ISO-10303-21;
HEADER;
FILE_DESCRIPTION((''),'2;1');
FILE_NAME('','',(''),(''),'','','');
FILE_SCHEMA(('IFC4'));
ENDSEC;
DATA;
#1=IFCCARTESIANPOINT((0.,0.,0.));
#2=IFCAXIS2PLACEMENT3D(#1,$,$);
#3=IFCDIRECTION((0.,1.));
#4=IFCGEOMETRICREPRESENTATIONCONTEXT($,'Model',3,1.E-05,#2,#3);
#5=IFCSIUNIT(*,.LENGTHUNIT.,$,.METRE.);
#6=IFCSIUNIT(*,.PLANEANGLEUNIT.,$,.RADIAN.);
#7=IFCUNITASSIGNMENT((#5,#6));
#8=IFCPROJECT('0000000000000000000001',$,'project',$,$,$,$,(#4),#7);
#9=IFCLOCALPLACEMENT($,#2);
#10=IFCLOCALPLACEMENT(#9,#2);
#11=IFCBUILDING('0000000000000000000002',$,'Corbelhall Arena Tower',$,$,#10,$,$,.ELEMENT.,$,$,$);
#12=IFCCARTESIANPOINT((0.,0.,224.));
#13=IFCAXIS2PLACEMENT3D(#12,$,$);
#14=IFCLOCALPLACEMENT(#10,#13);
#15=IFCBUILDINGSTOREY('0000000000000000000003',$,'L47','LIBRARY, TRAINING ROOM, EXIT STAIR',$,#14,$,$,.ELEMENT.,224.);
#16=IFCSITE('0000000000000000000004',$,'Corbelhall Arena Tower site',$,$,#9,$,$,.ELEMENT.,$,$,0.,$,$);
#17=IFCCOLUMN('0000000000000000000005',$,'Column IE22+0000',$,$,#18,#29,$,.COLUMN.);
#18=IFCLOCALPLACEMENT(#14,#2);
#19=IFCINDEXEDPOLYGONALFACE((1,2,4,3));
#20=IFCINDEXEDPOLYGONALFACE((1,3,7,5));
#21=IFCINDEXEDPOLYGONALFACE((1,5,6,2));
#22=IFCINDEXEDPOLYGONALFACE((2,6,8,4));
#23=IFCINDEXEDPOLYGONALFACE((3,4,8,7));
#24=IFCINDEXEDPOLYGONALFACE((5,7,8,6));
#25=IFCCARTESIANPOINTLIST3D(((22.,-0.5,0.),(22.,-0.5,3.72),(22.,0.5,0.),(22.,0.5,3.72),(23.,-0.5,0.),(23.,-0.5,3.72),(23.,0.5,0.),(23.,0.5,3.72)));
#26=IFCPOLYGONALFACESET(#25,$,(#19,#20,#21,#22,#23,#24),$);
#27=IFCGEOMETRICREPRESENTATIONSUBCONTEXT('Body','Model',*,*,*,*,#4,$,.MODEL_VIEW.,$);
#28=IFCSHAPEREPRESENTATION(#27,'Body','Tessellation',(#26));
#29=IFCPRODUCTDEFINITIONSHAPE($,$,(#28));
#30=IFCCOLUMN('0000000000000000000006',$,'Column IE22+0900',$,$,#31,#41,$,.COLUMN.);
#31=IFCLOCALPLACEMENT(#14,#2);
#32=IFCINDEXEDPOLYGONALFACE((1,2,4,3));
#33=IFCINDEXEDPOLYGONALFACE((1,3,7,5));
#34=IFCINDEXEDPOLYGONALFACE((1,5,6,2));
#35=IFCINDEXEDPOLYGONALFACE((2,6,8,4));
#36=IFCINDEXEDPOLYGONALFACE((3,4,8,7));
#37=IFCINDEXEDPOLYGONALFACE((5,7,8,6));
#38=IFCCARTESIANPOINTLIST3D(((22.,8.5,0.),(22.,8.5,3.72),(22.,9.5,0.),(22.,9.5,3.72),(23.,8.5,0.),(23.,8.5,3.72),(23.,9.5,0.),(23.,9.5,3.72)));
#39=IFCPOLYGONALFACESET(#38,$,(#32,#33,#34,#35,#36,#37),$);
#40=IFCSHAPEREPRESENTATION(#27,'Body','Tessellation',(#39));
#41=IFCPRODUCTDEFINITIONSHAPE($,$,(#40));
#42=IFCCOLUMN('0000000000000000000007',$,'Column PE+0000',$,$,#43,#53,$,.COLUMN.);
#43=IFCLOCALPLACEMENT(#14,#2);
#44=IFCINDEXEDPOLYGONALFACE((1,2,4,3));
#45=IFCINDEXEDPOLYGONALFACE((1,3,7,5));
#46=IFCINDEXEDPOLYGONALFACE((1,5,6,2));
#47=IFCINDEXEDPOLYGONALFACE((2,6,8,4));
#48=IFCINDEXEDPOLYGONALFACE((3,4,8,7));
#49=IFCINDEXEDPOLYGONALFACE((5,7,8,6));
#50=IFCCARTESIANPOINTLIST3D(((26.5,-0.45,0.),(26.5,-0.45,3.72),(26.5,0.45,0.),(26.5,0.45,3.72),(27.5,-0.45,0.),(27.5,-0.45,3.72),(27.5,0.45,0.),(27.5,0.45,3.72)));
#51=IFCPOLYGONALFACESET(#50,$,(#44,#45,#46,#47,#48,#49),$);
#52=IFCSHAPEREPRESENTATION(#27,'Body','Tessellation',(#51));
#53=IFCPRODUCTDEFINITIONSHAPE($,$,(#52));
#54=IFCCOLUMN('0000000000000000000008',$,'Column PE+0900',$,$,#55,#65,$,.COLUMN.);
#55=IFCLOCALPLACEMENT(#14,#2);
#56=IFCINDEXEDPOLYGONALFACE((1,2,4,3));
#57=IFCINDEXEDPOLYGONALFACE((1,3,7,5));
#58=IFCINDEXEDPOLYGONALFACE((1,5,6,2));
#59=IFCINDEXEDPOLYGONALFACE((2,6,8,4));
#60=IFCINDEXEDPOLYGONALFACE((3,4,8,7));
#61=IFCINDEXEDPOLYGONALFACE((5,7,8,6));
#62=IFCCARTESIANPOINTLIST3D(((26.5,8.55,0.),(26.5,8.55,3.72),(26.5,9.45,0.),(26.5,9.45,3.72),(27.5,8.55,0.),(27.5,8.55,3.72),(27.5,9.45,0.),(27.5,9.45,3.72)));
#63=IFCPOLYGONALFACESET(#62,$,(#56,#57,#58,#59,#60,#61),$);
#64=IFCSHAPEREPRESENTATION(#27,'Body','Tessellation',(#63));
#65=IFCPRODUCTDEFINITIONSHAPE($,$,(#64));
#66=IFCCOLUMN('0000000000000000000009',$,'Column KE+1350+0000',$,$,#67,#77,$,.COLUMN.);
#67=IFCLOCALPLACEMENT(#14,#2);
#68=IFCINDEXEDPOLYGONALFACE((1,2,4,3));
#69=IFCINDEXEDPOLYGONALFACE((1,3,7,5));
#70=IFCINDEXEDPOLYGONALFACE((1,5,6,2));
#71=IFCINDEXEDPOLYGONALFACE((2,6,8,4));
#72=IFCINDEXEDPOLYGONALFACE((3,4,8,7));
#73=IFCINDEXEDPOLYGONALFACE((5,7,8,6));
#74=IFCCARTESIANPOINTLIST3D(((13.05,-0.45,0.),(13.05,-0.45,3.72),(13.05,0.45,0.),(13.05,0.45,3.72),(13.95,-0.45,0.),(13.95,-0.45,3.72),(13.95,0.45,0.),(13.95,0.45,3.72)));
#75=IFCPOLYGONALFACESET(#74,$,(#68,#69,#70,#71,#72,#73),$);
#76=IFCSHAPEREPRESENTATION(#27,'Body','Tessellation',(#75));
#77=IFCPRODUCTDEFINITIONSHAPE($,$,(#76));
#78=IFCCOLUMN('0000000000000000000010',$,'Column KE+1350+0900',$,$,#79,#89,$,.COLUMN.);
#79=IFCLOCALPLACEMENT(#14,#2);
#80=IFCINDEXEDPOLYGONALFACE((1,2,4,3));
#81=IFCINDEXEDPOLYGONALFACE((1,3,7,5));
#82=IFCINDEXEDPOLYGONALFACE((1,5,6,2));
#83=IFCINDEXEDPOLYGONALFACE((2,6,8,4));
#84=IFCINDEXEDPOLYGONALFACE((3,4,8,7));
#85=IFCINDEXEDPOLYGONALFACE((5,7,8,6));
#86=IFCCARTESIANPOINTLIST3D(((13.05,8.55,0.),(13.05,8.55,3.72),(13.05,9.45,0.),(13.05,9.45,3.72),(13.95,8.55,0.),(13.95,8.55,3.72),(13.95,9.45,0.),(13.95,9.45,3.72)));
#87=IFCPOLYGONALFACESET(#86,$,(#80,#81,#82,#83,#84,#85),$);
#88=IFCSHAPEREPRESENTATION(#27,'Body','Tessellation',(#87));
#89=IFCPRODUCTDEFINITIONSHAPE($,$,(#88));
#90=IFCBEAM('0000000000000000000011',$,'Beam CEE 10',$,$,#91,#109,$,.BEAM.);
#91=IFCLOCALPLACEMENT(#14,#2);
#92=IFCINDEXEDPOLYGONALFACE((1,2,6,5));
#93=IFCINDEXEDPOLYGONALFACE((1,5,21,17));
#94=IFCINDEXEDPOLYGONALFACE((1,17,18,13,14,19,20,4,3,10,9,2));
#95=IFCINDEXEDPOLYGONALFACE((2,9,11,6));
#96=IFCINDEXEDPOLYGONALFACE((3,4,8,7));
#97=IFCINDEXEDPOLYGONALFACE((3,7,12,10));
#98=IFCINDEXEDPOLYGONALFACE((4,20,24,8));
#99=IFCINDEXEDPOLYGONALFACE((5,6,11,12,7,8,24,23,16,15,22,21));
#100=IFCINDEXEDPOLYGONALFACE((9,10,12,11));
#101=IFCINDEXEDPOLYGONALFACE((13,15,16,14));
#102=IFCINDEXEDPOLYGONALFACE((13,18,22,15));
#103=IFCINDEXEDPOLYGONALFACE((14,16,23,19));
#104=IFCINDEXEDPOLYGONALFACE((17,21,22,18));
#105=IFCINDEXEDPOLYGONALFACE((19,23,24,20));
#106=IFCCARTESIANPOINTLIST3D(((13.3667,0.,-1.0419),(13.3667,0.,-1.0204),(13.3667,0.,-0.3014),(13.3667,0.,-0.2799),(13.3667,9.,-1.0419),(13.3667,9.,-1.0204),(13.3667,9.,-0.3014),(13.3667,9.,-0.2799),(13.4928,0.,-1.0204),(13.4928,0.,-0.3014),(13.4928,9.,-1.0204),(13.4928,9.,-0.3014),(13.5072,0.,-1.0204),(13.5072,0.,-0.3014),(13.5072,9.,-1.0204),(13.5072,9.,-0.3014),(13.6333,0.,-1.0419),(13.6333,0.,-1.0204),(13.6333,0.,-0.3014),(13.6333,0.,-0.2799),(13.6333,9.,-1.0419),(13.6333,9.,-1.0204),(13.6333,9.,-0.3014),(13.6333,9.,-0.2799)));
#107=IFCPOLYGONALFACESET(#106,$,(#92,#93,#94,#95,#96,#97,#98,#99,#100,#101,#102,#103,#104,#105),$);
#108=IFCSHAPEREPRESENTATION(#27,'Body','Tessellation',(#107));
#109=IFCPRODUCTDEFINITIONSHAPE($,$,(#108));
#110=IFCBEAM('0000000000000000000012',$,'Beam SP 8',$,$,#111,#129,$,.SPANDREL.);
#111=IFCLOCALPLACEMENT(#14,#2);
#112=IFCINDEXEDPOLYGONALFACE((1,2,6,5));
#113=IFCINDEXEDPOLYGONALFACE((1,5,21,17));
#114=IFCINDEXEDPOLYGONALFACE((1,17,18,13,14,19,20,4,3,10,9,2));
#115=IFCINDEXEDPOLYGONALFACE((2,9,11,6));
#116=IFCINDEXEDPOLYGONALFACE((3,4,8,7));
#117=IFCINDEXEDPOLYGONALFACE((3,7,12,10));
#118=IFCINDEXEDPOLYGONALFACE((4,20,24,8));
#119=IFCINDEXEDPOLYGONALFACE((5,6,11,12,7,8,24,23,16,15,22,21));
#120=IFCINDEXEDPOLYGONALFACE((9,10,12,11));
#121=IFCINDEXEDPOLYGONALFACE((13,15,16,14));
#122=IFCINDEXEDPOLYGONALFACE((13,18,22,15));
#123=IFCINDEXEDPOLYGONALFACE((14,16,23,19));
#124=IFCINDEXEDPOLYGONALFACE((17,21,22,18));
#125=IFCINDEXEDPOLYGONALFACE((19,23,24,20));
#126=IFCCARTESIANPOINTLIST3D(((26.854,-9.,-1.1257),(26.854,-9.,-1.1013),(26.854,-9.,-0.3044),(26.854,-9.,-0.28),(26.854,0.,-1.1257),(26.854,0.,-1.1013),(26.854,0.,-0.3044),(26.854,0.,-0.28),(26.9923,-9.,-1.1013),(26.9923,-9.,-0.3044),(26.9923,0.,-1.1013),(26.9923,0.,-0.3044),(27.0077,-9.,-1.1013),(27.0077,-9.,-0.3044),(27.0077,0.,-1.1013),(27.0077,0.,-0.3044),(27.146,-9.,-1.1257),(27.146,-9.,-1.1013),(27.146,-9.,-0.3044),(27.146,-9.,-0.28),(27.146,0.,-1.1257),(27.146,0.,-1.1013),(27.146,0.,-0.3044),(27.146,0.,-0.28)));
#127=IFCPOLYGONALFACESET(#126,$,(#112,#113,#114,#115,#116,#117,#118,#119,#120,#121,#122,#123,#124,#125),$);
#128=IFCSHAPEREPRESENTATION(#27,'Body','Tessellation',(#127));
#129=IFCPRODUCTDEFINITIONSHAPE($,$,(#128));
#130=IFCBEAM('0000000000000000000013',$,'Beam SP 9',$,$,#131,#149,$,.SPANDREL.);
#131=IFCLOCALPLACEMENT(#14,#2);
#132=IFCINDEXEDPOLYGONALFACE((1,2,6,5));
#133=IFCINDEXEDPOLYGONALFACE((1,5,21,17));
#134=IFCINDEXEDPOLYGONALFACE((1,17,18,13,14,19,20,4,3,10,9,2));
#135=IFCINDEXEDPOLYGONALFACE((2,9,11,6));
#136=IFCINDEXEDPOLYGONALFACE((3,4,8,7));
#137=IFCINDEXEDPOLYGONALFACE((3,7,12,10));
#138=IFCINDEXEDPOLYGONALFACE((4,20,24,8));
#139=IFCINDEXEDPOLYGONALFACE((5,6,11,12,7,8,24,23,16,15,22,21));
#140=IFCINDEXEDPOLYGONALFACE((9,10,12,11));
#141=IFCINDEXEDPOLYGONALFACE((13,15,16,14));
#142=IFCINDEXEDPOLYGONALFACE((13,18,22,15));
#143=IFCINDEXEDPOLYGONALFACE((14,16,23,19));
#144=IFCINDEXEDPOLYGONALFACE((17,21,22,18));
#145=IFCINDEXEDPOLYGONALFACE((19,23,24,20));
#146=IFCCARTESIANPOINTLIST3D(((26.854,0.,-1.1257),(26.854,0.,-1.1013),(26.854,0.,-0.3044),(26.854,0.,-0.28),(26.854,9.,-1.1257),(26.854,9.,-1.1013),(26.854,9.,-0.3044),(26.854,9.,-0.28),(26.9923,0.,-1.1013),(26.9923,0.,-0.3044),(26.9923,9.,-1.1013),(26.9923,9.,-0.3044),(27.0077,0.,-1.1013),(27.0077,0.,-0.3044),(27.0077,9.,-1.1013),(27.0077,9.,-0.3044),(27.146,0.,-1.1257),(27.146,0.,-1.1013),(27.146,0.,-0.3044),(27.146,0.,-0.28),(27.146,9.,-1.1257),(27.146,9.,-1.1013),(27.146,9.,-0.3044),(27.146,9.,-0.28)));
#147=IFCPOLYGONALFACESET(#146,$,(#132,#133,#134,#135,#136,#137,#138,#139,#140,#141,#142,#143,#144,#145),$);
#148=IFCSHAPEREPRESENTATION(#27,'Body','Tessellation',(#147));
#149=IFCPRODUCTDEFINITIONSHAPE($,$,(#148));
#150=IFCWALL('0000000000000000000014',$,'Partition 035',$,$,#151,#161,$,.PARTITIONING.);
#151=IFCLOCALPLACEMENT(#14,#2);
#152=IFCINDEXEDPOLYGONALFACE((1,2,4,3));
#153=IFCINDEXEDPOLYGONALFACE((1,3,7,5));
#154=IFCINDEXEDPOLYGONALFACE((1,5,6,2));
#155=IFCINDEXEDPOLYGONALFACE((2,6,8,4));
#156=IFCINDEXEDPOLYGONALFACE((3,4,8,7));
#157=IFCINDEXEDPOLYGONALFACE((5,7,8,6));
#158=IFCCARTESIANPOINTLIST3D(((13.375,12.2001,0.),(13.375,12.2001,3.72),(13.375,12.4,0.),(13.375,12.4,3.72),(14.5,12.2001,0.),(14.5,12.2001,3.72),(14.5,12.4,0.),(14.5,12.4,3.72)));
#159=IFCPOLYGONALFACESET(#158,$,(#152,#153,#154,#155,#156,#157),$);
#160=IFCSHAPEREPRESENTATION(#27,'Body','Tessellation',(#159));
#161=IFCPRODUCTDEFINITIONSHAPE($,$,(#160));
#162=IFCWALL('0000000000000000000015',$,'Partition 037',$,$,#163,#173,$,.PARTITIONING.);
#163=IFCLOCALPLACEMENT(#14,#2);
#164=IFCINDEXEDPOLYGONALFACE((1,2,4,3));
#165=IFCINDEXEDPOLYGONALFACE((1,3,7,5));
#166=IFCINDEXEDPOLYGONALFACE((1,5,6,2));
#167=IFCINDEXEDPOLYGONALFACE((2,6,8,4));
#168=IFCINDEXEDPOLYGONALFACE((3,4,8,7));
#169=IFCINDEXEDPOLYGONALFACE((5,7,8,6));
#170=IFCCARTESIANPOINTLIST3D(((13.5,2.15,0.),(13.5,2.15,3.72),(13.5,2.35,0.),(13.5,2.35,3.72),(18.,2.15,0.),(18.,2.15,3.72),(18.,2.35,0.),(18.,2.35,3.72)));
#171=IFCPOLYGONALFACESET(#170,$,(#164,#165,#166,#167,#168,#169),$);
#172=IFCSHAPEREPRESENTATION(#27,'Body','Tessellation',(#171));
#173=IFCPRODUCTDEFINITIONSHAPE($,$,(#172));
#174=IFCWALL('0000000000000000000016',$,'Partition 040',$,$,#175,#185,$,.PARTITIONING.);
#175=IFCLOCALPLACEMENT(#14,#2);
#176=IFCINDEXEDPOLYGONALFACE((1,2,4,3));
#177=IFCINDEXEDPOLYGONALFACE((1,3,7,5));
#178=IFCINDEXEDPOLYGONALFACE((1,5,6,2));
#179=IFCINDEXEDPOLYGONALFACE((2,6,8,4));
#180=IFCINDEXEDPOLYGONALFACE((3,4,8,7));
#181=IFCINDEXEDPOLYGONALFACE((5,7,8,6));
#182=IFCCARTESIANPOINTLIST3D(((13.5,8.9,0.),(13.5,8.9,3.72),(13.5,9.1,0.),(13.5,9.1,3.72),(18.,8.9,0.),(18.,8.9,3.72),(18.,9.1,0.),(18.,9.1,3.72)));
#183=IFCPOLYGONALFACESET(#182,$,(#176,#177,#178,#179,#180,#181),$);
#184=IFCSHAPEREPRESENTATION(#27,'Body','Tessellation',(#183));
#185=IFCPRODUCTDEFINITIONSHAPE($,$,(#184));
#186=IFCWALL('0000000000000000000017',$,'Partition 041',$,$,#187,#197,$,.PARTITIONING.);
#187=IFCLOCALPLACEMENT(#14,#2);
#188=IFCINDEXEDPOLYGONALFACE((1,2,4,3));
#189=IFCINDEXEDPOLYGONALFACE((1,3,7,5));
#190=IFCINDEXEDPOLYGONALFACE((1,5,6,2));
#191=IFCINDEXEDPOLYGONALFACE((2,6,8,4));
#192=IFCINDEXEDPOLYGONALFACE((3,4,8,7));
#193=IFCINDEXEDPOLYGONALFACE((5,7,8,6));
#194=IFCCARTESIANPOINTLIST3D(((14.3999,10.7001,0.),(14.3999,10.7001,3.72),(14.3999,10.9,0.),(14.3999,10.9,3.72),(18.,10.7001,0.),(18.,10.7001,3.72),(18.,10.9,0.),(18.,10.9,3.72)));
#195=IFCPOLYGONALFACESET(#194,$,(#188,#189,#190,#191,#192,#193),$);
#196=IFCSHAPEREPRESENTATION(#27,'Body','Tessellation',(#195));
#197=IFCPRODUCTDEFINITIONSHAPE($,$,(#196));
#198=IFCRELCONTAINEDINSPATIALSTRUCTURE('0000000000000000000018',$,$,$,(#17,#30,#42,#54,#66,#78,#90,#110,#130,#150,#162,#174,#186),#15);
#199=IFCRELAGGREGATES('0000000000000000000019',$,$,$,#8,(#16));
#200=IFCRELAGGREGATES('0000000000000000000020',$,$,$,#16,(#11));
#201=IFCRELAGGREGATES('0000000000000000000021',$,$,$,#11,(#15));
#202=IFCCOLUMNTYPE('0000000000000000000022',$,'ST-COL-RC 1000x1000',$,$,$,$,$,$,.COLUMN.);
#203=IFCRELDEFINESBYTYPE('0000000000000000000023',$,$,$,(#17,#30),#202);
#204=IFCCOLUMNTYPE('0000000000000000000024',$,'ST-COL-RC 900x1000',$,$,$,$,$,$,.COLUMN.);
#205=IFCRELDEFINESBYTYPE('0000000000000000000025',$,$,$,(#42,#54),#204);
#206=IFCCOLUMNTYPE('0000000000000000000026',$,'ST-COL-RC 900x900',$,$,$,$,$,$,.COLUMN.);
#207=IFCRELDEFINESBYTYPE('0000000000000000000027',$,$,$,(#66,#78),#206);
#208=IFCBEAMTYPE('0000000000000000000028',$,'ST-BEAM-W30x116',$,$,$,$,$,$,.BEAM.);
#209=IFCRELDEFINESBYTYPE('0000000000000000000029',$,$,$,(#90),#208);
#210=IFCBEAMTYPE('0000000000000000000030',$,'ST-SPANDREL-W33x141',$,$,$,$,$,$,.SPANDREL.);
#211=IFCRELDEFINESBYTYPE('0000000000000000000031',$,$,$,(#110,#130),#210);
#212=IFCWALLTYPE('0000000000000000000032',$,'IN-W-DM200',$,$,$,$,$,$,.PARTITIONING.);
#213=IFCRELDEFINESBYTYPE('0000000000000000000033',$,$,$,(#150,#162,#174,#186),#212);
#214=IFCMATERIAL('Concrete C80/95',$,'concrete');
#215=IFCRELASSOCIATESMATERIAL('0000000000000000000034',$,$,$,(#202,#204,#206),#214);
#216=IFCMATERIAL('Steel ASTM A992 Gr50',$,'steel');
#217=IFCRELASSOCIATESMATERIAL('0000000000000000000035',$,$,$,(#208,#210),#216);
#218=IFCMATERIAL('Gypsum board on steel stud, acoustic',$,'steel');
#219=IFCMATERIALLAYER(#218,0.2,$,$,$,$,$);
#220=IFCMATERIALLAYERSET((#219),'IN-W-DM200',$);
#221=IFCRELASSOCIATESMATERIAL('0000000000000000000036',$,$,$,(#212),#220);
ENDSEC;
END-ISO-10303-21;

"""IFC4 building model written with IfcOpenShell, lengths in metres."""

from ifc_helpers import new_model, si_unit, direction, frame, frame_2d, origin, origin_2d, place, context, subcontext, project, spatial, rectangle, i_section, extrude, material, layer, layer_set, material_profile, profile_set, type_object, element, save


model = new_model("IFC4")

# Units and contexts
model_context = context("Model", 3, precision=1e-05, world=origin(), true_north=direction((0.0, 1.0)))
body_context = subcontext(model_context, "Body", "Model", "MODEL_VIEW")
ifc_project = project(units=[si_unit("LENGTHUNIT", "METRE"), si_unit("PLANEANGLEUNIT", "RADIAN")], contexts=[model_context])

# Site, building, storey
site_placement = place(None, origin())
site = spatial("IfcSite", under=ifc_project, at=site_placement, Name="Corbelhall Arena Tower site", CompositionType="ELEMENT", RefElevation=0.0)
building_placement = place(site_placement, origin())
building = spatial("IfcBuilding", under=site, at=building_placement, Name="Corbelhall Arena Tower", CompositionType="ELEMENT")
storey_placement = place(building_placement, frame((0.0, 0.0, 224.0)))
storey = spatial("IfcBuildingStorey", under=building, at=storey_placement, Name="L47", Description="LIBRARY, TRAINING ROOM, EXIT STAIR", CompositionType="ELEMENT", Elevation=224.0)

# Columns
ifc_material_1 = material(Name="Concrete C80/95", Category="concrete")
ifc_material_profile_1 = material_profile(ifc_material_1, rectangle(XDim=1.0, YDim=1.0, at=origin_2d()))
ifc_profile_set_1 = profile_set([ifc_material_profile_1], Name="Concrete C80/95")
column_type_1 = type_object("IfcColumnType", Name="ST-COL-RC 1000x1000", PredefinedType="COLUMN", material=ifc_profile_set_1)
for number, where, z_axis, x_axis, name in (
    (1, (22.5, 0.0, 0.0), (0.0, 0.0, 1.0), (1.0, 0.0, 0.0), "Column IE22+0000"),
    (2, (22.5, 9.0, 0.0), (0.0, 0.0, 1.0), (1.0, 0.0, 0.0), "Column IE22+0900"),
):
    element("IfcColumn", number, at=place(storey_placement, frame(where, z_axis=z_axis, x_axis=x_axis)), inside=storey, type_object=column_type_1, Name=name, PredefinedType="COLUMN", context=body_context, shape_type="SweptSolid", body=[
        extrude(rectangle(XDim=1.0, YDim=1.0, at=origin_2d()), origin(), (0.0, 0.0, 1.0), 3.72),
    ])
ifc_material_profile_2 = material_profile(ifc_material_1, rectangle(XDim=0.8999, YDim=1.0, at=origin_2d()))
ifc_profile_set_2 = profile_set([ifc_material_profile_2], Name="Concrete C80/95")
column_type_2 = type_object("IfcColumnType", Name="ST-COL-RC 900x1000", PredefinedType="COLUMN", material=ifc_profile_set_2)
for number, where, z_axis, x_axis, name in (
    (3, (27.0, 0.0, 0.0), (0.0, 0.0, 1.0), (0.0, 1.0, 0.0), "Column PE+0000"),
    (4, (27.0, 9.0, 0.0), (0.0, 0.0, 1.0), (0.0, 1.0, 0.0), "Column PE+0900"),
):
    element("IfcColumn", number, at=place(storey_placement, frame(where, z_axis=z_axis, x_axis=x_axis)), inside=storey, type_object=column_type_2, Name=name, PredefinedType="COLUMN", context=body_context, shape_type="SweptSolid", body=[
        extrude(rectangle(XDim=0.8999, YDim=1.0, at=origin_2d()), origin(), (0.0, 0.0, 1.0), 3.72),
    ])
ifc_material_profile_3 = material_profile(ifc_material_1, rectangle(XDim=0.8999, YDim=0.8999, at=origin_2d()))
ifc_profile_set_3 = profile_set([ifc_material_profile_3], Name="Concrete C80/95")
column_type_3 = type_object("IfcColumnType", Name="ST-COL-RC 900x900", PredefinedType="COLUMN", material=ifc_profile_set_3)
for number, where, z_axis, x_axis, name in (
    (5, (13.5, 0.0, 0.0), (0.0, 0.0, 1.0), (1.0, 0.0, 0.0), "Column KE+1350+0000"),
    (6, (13.5, 9.0, 0.0), (0.0, 0.0, 1.0), (1.0, 0.0, 0.0), "Column KE+1350+0900"),
):
    element("IfcColumn", number, at=place(storey_placement, frame(where, z_axis=z_axis, x_axis=x_axis)), inside=storey, type_object=column_type_3, Name=name, PredefinedType="COLUMN", context=body_context, shape_type="SweptSolid", body=[
        extrude(rectangle(XDim=0.8999, YDim=0.8999, at=origin_2d()), origin(), (0.0, 0.0, 1.0), 3.72),
    ])

# Beams
ifc_material_2 = material(Name="Steel ASTM A992 Gr50", Category="steel")
ifc_material_profile_4 = material_profile(ifc_material_2, i_section(OverallWidth=0.2666, OverallDepth=0.762, WebThickness=0.0144, FlangeThickness=0.0215, at=origin_2d()))
ifc_profile_set_4 = profile_set([ifc_material_profile_4], Name="Steel ASTM A992 Gr50")
beam_type_1 = type_object("IfcBeamType", Name="ST-BEAM-W30x116", PredefinedType="BEAM", material=ifc_profile_set_4)
beam_placement = place(storey_placement, frame((13.5, 0.0, -0.6609), z_axis=(0.0, 1.0, 0.0), x_axis=(-1.0, 0.0, 0.0)))
element("IfcBeam", 7, at=beam_placement, inside=storey, type_object=beam_type_1, Name="Beam CEE 10", PredefinedType="BEAM", context=body_context, shape_type="SweptSolid", body=[
    extrude(i_section(OverallWidth=0.2666, OverallDepth=0.762, WebThickness=0.0144, FlangeThickness=0.0215, at=origin_2d()), origin(), (0.0, 0.0, 1.0), 9.0),
])
ifc_material_profile_5 = material_profile(ifc_material_2, i_section(OverallWidth=0.292, OverallDepth=0.8457, WebThickness=0.0154, FlangeThickness=0.0244, at=origin_2d()))
ifc_profile_set_5 = profile_set([ifc_material_profile_5], Name="Steel ASTM A992 Gr50")
beam_type_2 = type_object("IfcBeamType", Name="ST-SPANDREL-W33x141", PredefinedType="SPANDREL", material=ifc_profile_set_5)
for number, where, z_axis, x_axis, name in (
    (8, (27.0, 0.0, -0.7029), (0.0, -1.0, 0.0), (1.0, 0.0, 0.0), "Beam SP 8"),
    (9, (27.0, 9.0, -0.7029), (0.0, -1.0, 0.0), (1.0, 0.0, 0.0), "Beam SP 9"),
):
    element("IfcBeam", number, at=place(storey_placement, frame(where, z_axis=z_axis, x_axis=x_axis)), inside=storey, type_object=beam_type_2, Name=name, PredefinedType="SPANDREL", context=body_context, shape_type="SweptSolid", body=[
        extrude(i_section(OverallWidth=0.292, OverallDepth=0.8457, WebThickness=0.0154, FlangeThickness=0.0244, at=origin_2d()), origin(), (0.0, 0.0, 1.0), 9.0),
    ])

# Walls
ifc_material_3 = material(Name="Gypsum board on steel stud, acoustic", Category="steel")
ifc_layer_1 = layer(ifc_material_3, 0.2)
ifc_layer_set_1 = layer_set([ifc_layer_1], Name="IN-W-DM200")
wall_type_1 = type_object("IfcWallType", Name="IN-W-DM200", PredefinedType="PARTITIONING", material=ifc_layer_set_1)
wall_1_placement = place(storey_placement, frame((13.375, 12.3, 0.0), z_axis=(0.0, 0.0, 1.0), x_axis=(1.0, 0.0, 0.0)))
element("IfcWall", 10, at=wall_1_placement, inside=storey, type_object=wall_type_1, Name="Partition 035", PredefinedType="PARTITIONING", context=body_context, shape_type="SweptSolid", body=[
    extrude(rectangle(XDim=1.125, YDim=0.2, at=frame_2d((0.5625, 0.0))), origin(), (0.0, 0.0, 1.0), 3.72),
])
for number, where, z_axis, x_axis, name in (
    (11, (13.5, 2.25, 0.0), (0.0, 0.0, 1.0), (1.0, 0.0, 0.0), "Partition 037"),
    (12, (18.0, 9.0, 0.0), (0.0, 0.0, 1.0), (-1.0, 0.0, 0.0), "Partition 040"),
):
    element("IfcWall", number, at=place(storey_placement, frame(where, z_axis=z_axis, x_axis=x_axis)), inside=storey, type_object=wall_type_1, Name=name, PredefinedType="PARTITIONING", context=body_context, shape_type="SweptSolid", body=[
        extrude(rectangle(XDim=4.5, YDim=0.2, at=frame_2d((2.25, 0.0))), origin(), (0.0, 0.0, 1.0), 3.72),
    ])
wall_2_placement = place(storey_placement, frame((14.3999, 10.8, 0.0), z_axis=(0.0, 0.0, 1.0), x_axis=(1.0, 0.0, 0.0)))
element("IfcWall", 13, at=wall_2_placement, inside=storey, type_object=wall_type_1, Name="Partition 041", PredefinedType="PARTITIONING", context=body_context, shape_type="SweptSolid", body=[
    extrude(rectangle(XDim=3.6001, YDim=0.2, at=frame_2d((1.8, 0.0))), origin(), (0.0, 0.0, 1.0), 3.72),
])

save(model, "model.ifc")
